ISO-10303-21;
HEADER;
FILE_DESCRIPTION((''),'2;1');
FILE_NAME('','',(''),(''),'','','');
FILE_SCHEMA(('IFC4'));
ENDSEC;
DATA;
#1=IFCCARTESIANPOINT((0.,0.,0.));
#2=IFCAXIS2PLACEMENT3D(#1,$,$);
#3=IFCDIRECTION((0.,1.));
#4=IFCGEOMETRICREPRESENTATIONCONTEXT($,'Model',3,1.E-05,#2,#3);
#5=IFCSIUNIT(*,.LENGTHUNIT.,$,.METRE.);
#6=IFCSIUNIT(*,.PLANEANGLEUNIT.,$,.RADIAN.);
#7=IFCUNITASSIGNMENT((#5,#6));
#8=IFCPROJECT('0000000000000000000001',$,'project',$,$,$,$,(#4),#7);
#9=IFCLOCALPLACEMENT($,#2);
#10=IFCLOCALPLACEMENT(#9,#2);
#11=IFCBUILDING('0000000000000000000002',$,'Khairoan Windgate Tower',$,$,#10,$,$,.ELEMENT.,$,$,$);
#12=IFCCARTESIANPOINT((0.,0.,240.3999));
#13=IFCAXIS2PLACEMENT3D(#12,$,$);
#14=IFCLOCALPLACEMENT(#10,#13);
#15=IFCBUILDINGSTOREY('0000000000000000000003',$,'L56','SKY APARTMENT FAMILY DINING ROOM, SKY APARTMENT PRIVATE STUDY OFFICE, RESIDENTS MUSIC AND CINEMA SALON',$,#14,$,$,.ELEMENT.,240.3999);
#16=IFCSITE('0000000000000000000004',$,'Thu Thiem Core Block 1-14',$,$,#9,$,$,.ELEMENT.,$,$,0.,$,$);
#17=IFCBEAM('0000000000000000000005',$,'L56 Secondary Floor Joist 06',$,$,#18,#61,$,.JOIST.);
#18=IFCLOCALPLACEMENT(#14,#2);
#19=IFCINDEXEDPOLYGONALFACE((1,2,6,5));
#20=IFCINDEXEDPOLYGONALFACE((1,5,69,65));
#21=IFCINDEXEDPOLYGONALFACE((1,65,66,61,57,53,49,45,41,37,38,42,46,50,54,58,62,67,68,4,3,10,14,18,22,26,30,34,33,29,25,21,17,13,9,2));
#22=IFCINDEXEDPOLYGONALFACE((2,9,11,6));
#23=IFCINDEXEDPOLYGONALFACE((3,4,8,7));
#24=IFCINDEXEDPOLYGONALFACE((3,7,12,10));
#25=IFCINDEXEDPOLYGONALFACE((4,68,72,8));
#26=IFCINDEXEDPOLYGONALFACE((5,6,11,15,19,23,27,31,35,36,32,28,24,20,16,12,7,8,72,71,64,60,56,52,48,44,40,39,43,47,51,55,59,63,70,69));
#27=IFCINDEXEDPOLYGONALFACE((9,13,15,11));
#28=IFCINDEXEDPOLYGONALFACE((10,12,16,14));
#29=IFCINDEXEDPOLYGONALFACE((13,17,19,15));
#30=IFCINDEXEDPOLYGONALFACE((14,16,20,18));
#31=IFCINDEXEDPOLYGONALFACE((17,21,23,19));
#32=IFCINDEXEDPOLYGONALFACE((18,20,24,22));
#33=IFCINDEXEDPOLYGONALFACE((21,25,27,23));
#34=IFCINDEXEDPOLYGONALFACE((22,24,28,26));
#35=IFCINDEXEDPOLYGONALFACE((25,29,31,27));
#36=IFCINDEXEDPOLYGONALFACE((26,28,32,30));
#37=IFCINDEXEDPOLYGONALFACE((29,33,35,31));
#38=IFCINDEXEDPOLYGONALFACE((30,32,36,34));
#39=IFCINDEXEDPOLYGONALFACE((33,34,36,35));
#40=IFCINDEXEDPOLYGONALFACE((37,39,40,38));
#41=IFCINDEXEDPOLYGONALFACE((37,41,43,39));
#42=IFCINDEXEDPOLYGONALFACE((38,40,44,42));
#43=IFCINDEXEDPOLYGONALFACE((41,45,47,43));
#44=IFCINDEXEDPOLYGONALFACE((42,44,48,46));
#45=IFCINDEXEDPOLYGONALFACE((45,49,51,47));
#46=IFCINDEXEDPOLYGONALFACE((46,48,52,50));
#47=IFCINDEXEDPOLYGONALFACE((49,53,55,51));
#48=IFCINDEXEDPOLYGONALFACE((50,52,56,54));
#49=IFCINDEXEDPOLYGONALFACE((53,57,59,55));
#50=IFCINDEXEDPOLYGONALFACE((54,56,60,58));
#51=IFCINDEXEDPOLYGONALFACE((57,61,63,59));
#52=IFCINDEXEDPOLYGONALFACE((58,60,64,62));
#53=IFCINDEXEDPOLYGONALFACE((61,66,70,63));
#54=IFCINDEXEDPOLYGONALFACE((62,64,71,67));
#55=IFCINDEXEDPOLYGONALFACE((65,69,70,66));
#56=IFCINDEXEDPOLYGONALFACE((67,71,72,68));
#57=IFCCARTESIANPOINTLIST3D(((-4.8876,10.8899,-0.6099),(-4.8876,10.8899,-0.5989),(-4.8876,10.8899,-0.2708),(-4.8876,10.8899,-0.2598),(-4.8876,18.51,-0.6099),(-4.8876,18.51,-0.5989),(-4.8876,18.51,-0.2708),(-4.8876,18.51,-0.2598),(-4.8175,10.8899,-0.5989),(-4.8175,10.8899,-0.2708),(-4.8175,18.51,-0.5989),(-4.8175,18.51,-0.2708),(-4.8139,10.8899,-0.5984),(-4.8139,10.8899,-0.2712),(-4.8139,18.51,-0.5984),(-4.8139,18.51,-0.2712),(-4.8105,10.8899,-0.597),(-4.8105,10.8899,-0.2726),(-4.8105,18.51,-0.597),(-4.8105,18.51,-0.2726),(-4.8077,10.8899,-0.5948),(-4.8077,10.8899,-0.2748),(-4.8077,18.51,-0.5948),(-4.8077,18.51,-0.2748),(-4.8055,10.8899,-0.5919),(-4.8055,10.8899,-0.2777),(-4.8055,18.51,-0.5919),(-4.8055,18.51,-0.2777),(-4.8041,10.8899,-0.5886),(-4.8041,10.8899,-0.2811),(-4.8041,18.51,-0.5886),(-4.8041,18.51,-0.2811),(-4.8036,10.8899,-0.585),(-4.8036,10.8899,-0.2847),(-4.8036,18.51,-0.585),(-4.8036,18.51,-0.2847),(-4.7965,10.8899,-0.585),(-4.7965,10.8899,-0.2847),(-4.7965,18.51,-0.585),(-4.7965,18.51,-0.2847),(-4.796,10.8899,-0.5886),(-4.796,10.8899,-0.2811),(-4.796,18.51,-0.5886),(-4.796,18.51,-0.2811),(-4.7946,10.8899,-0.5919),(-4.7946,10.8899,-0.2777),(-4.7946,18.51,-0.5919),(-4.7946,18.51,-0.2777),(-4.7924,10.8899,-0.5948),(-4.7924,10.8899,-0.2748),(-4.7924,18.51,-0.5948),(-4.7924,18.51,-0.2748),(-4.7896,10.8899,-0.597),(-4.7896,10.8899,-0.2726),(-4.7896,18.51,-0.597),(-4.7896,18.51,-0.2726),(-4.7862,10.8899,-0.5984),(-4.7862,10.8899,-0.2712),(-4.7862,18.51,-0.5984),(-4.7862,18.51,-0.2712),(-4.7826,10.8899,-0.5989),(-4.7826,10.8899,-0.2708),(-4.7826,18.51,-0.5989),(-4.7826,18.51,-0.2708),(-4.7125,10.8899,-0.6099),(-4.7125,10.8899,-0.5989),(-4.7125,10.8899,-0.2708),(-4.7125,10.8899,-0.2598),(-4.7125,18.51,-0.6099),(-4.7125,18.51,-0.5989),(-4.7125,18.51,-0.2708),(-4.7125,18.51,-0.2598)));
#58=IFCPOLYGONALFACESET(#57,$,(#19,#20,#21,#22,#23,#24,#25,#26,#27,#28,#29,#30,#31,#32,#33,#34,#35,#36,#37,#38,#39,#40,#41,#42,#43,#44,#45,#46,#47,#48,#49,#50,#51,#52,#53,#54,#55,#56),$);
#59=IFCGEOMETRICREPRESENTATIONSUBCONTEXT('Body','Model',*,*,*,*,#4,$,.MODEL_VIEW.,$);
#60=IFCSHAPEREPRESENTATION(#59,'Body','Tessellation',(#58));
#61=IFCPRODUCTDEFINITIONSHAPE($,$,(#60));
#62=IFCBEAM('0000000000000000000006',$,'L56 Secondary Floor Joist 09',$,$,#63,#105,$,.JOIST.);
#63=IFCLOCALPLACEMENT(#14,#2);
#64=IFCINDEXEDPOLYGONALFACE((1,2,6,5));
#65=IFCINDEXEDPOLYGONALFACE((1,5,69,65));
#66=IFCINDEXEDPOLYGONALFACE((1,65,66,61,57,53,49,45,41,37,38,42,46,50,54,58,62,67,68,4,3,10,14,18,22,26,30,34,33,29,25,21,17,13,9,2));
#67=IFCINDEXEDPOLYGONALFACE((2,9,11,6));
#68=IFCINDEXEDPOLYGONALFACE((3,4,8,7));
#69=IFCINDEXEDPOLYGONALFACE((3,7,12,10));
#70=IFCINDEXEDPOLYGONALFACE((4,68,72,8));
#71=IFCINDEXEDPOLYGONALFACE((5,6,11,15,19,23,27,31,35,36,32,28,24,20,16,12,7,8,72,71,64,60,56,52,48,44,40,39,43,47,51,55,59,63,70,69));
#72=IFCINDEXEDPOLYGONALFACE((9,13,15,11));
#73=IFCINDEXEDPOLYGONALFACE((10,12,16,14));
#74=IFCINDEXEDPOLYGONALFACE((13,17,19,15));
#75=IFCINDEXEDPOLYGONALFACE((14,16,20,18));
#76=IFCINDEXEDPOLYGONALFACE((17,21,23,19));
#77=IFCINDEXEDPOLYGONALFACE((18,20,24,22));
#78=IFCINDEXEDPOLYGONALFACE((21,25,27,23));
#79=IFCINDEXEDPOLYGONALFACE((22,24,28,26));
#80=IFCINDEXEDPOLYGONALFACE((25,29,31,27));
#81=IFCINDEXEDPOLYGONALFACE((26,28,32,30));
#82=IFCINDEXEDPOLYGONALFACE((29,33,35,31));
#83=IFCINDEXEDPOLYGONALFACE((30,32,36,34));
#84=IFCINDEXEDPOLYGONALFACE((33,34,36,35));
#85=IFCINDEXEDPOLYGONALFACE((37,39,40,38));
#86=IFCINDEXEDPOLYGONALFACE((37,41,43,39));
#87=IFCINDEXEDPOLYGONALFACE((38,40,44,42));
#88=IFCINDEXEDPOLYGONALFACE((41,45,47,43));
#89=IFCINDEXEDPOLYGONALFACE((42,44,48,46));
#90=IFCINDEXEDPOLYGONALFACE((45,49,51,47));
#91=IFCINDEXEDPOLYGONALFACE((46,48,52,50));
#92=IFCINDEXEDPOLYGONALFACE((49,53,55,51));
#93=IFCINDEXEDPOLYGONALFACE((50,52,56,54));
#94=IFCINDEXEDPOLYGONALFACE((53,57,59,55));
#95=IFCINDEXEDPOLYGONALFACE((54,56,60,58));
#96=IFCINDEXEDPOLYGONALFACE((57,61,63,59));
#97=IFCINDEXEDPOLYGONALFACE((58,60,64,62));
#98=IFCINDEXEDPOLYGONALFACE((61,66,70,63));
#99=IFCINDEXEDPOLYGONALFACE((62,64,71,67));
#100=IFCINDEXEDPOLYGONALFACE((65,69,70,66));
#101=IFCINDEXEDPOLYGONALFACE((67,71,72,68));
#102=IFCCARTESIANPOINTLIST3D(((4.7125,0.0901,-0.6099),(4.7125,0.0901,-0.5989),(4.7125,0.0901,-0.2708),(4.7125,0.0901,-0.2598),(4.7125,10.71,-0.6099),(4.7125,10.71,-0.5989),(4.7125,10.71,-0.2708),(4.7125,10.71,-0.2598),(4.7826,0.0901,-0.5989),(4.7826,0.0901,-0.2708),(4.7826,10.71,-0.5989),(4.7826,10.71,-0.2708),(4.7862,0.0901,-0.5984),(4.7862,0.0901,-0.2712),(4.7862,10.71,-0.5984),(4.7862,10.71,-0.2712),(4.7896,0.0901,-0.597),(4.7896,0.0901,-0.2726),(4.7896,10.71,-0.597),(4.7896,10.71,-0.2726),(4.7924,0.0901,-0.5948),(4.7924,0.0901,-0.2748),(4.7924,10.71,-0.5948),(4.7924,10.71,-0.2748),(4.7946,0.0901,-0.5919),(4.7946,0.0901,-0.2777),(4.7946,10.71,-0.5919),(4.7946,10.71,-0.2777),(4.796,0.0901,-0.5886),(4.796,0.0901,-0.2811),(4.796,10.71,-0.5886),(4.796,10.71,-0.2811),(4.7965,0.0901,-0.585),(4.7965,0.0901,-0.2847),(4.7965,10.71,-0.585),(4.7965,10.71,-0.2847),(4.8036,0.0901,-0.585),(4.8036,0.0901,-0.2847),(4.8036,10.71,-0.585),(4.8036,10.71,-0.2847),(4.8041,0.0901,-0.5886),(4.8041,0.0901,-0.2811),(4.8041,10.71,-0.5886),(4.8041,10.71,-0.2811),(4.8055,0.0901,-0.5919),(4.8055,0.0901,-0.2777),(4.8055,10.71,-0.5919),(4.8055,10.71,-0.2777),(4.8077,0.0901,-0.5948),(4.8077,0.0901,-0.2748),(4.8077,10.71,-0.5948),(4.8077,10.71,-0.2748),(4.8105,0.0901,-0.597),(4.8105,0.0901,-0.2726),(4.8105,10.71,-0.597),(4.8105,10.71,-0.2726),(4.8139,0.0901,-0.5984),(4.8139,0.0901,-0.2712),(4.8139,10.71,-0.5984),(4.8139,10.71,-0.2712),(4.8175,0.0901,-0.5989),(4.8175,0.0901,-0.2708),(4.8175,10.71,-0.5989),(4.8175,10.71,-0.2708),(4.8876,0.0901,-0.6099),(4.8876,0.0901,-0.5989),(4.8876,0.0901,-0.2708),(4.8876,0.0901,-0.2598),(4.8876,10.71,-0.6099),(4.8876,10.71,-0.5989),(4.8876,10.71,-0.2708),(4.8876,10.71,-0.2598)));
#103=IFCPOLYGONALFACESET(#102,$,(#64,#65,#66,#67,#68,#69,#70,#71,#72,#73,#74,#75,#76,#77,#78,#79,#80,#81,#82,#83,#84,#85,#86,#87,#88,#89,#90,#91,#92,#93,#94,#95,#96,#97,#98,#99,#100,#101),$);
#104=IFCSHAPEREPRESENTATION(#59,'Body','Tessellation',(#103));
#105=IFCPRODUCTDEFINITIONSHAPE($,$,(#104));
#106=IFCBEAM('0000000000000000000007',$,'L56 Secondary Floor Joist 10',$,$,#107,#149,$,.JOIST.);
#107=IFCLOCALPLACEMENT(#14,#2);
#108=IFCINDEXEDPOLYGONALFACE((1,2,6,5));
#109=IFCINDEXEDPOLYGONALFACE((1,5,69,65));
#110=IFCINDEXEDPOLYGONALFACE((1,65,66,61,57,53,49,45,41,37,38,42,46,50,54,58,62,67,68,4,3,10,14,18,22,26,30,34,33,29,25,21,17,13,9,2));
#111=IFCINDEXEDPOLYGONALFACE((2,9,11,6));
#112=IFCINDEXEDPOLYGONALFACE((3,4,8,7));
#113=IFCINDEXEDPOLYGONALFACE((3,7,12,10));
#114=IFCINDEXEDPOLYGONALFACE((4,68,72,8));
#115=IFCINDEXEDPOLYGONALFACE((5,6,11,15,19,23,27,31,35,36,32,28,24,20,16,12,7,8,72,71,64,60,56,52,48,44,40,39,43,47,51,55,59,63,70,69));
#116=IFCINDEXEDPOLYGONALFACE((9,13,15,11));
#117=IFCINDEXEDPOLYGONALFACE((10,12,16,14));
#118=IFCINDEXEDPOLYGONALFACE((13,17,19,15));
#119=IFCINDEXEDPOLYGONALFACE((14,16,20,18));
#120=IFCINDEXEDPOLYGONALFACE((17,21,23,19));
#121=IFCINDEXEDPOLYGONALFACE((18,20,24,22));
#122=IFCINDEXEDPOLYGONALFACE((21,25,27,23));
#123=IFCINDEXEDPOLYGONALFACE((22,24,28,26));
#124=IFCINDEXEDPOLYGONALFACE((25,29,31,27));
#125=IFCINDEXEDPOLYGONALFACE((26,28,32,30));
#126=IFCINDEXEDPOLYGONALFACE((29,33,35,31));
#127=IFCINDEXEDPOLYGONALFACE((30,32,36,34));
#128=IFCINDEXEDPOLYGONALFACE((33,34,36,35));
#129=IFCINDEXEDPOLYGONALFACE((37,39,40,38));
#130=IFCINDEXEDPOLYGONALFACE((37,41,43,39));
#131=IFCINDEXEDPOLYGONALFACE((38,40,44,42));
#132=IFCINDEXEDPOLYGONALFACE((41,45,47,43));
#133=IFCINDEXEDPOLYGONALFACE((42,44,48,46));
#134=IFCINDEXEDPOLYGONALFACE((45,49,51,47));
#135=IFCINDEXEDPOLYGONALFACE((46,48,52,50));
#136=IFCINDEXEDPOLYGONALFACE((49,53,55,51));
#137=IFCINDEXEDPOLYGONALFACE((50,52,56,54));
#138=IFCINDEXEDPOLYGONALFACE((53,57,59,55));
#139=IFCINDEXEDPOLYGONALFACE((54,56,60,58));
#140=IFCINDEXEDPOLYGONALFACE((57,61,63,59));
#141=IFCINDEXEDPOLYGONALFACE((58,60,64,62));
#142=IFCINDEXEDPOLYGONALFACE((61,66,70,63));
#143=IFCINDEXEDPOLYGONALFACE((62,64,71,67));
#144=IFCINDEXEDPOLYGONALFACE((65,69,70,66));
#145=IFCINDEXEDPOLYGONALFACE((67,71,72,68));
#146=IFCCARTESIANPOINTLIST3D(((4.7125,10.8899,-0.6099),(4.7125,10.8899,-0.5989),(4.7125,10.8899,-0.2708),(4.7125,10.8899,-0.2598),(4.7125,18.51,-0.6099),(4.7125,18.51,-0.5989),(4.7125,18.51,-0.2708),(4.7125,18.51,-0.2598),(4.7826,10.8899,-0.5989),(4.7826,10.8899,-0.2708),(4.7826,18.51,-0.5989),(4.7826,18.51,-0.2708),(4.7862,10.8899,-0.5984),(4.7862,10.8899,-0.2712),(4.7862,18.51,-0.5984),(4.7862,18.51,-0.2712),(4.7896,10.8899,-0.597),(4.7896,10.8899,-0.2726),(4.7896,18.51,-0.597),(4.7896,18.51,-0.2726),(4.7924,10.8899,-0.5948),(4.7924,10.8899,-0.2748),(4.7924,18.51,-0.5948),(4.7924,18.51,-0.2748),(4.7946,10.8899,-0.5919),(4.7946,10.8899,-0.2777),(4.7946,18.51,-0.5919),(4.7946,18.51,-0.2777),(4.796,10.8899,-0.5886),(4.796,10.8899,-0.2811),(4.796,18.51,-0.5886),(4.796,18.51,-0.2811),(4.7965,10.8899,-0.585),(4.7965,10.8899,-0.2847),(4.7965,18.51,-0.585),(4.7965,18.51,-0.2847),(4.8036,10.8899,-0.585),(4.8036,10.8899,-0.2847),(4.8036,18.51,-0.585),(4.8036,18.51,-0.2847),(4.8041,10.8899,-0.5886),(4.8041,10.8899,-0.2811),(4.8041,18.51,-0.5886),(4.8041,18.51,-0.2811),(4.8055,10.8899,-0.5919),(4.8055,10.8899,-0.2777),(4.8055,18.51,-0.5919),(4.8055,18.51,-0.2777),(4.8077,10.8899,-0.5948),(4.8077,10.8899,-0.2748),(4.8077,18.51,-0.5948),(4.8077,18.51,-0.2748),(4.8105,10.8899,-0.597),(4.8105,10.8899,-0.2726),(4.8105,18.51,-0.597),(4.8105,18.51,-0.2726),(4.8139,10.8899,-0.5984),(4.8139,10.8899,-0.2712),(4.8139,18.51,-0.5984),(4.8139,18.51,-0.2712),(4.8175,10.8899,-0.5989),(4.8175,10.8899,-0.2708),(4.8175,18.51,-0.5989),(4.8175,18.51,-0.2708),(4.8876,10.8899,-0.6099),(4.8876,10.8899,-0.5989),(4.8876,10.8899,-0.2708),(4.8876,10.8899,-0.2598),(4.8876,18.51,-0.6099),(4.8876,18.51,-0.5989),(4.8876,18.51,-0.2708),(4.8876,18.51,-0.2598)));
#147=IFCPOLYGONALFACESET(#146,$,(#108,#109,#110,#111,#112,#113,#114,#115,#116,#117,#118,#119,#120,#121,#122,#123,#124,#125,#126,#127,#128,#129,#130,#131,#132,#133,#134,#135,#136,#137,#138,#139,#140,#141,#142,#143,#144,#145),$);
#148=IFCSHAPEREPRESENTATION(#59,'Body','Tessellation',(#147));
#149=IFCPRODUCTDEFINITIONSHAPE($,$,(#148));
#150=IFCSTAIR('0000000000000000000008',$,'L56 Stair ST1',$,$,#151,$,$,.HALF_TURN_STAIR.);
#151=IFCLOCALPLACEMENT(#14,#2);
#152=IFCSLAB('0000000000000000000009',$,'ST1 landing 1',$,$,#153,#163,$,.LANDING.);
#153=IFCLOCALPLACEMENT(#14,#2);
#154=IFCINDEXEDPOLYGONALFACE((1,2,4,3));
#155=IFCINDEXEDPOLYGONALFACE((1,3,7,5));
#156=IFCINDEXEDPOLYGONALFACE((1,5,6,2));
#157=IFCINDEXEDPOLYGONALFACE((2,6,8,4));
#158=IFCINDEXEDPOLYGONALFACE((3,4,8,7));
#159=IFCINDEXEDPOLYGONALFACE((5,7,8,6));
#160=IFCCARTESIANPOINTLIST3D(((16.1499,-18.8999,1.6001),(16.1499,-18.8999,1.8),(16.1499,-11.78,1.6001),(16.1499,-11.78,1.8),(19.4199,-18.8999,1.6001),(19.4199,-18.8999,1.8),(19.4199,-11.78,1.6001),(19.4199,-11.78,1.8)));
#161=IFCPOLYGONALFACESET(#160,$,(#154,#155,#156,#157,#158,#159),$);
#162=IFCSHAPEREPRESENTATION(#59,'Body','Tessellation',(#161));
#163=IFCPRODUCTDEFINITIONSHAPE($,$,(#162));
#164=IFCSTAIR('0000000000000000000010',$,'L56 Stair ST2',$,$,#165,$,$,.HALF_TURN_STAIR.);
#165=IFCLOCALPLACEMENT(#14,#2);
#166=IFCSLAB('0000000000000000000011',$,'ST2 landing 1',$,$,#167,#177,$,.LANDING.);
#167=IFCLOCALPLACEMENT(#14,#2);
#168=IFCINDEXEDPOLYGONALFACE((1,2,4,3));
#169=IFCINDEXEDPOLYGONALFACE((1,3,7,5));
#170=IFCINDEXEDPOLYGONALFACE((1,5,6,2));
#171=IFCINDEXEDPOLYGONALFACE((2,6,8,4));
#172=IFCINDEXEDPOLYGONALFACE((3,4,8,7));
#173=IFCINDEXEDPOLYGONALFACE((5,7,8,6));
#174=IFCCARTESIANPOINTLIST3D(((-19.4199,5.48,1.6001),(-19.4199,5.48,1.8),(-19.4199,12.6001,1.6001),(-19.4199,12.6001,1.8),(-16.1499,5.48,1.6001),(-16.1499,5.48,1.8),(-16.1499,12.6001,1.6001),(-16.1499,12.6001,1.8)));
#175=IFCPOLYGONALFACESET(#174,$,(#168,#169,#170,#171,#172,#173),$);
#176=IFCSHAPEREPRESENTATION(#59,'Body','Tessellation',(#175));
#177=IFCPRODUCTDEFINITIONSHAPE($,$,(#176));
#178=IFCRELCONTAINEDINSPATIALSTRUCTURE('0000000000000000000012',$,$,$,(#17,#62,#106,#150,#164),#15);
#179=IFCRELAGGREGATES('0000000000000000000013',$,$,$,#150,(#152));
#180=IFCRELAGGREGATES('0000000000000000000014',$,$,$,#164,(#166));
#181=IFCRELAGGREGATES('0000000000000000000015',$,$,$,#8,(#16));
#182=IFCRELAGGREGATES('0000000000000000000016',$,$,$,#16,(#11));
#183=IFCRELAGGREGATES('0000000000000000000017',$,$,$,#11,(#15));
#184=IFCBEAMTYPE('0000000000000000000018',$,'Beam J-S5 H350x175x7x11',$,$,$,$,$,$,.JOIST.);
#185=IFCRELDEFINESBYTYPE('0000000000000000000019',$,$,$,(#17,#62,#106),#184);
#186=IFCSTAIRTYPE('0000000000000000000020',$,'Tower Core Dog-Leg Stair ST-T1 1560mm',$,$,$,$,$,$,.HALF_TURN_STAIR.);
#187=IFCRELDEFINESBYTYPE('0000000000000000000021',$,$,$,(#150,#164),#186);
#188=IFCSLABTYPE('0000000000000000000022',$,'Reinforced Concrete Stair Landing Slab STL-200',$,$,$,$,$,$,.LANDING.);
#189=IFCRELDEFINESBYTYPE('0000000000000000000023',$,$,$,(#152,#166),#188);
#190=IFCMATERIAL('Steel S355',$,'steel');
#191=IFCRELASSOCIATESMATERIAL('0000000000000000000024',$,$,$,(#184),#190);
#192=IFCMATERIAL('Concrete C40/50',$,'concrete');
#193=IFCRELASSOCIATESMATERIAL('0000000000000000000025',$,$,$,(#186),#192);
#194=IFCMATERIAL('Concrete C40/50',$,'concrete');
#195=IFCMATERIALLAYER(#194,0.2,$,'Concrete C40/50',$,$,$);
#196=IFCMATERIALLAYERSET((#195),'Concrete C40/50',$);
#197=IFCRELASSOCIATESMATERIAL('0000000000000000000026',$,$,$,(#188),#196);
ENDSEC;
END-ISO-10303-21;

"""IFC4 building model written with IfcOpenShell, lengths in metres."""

from ifc_helpers import new_model, si_unit, direction, frame, origin, origin_2d, place, context, subcontext, project, spatial, polyline, i_section, outline, extrude, material, layer, layer_set, material_profile, profile_set, type_object, element, aggregate, save


model = new_model("IFC4")

# Units and contexts
model_context = context("Model", 3, precision=1e-05, world=origin(), true_north=direction((0.0, 1.0)))
body_context = subcontext(model_context, "Body", "Model", "MODEL_VIEW")
ifc_project = project(units=[si_unit("LENGTHUNIT", "METRE"), si_unit("PLANEANGLEUNIT", "RADIAN")], contexts=[model_context])

# Site, building, storey
site_placement = place(None, origin())
site = spatial("IfcSite", under=ifc_project, at=site_placement, Name="Thu Thiem Core Block 1-14", CompositionType="ELEMENT", RefElevation=0.0)
building_placement = place(site_placement, origin())
building = spatial("IfcBuilding", under=site, at=building_placement, Name="Khairoan Windgate Tower", CompositionType="ELEMENT")
storey_placement = place(building_placement, frame((0.0, 0.0, 240.3999)))
storey = spatial("IfcBuildingStorey", under=building, at=storey_placement, Name="L56", Description="SKY APARTMENT FAMILY DINING ROOM, SKY APARTMENT PRIVATE STUDY OFFICE, RESIDENTS MUSIC AND CINEMA SALON", CompositionType="ELEMENT", Elevation=240.3999)

# Beams
ifc_material_1 = material(Name="Steel S355", Category="steel")
ifc_material_profile_1 = material_profile(ifc_material_1, i_section(OverallWidth=0.175, OverallDepth=0.3501, WebThickness=0.0071, FlangeThickness=0.011, FilletRadius=0.0139, at=origin_2d()))
ifc_profile_set_1 = profile_set([ifc_material_profile_1], Name="Steel S355")
beam_type_1 = type_object("IfcBeamType", Name="Beam J-S5 H350x175x7x11", PredefinedType="JOIST", material=ifc_profile_set_1)
beam_1_placement = place(storey_placement, frame((-4.8, 10.8899, -0.4348), z_axis=(0.0, 1.0, 0.0), x_axis=(-1.0, 0.0, 0.0)))
element("IfcBeam", 1, at=beam_1_placement, inside=storey, type_object=beam_type_1, Name="L56 Secondary Floor Joist 06", PredefinedType="JOIST", context=body_context, shape_type="SweptSolid", body=[
    extrude(i_section(OverallWidth=0.175, OverallDepth=0.3501, WebThickness=0.0071, FlangeThickness=0.011, FilletRadius=0.0139, at=origin_2d()), origin(), (0.0, 0.0, 1.0), 7.6201),
])
beam_2_placement = place(storey_placement, frame((4.8, 0.0901, -0.4348), z_axis=(0.0, 1.0, 0.0), x_axis=(-1.0, 0.0, 0.0)))
element("IfcBeam", 2, at=beam_2_placement, inside=storey, type_object=beam_type_1, Name="L56 Secondary Floor Joist 09", PredefinedType="JOIST", context=body_context, shape_type="SweptSolid", body=[
    extrude(i_section(OverallWidth=0.175, OverallDepth=0.3501, WebThickness=0.0071, FlangeThickness=0.011, FilletRadius=0.0139, at=origin_2d()), origin(), (0.0, 0.0, 1.0), 10.6199),
])
beam_3_placement = place(storey_placement, frame((4.8, 10.8899, -0.4348), z_axis=(0.0, 1.0, 0.0), x_axis=(-1.0, 0.0, 0.0)))
element("IfcBeam", 3, at=beam_3_placement, inside=storey, type_object=beam_type_1, Name="L56 Secondary Floor Joist 10", PredefinedType="JOIST", context=body_context, shape_type="SweptSolid", body=[
    extrude(i_section(OverallWidth=0.175, OverallDepth=0.3501, WebThickness=0.0071, FlangeThickness=0.011, FilletRadius=0.0139, at=origin_2d()), origin(), (0.0, 0.0, 1.0), 7.6201),
])

# Stairs, slabs
ifc_material_2 = material(Name="Concrete C40/50", Category="concrete")
stair_type = type_object("IfcStairType", Name="Tower Core Dog-Leg Stair ST-T1 1560mm", PredefinedType="HALF_TURN_STAIR", material=ifc_material_2)
stair_1_placement = place(storey_placement, origin())
stair_1 = element("IfcStair", 4, at=stair_1_placement, inside=storey, type_object=stair_type, Name="L56 Stair ST1", PredefinedType="HALF_TURN_STAIR")
ifc_material_3 = material(Name="Concrete C40/50", Category="concrete")
ifc_layer_1 = layer(ifc_material_3, 0.2, Name="Concrete C40/50")
ifc_layer_set_1 = layer_set([ifc_layer_1], Name="Concrete C40/50")
slab_type_1 = type_object("IfcSlabType", Name="Reinforced Concrete Stair Landing Slab STL-200", PredefinedType="LANDING", material=ifc_layer_set_1)
slab_1_placement = place(storey_placement, frame((0.0, 0.0, 1.6001)))
slab_1 = element("IfcSlab", 5, at=slab_1_placement, type_object=slab_type_1, Name="ST1 landing 1", PredefinedType="LANDING", context=body_context, shape_type="SweptSolid", body=[
    extrude(outline(polyline([(16.1499, -11.78), (16.1499, -18.8999), (19.4199, -18.8999), (19.4199, -11.78), (16.1499, -11.78)])), origin(), (0.0, 0.0, 1.0), 0.2),
])
aggregate(stair_1, [slab_1])
stair_2_placement = place(storey_placement, origin())
stair_2 = element("IfcStair", 6, at=stair_2_placement, inside=storey, type_object=stair_type, Name="L56 Stair ST2", PredefinedType="HALF_TURN_STAIR")
slab_2_placement = place(storey_placement, frame((0.0, 0.0, 1.6001)))
slab_2 = element("IfcSlab", 7, at=slab_2_placement, type_object=slab_type_1, Name="ST2 landing 1", PredefinedType="LANDING", context=body_context, shape_type="SweptSolid", body=[
    extrude(outline(polyline([(-16.1499, 5.48), (-16.1499, 12.6001), (-19.4199, 12.6001), (-19.4199, 5.48), (-16.1499, 5.48)])), origin(), (0.0, 0.0, 1.0), 0.2),
])
aggregate(stair_2, [slab_2])

save(model, "model.ifc")
